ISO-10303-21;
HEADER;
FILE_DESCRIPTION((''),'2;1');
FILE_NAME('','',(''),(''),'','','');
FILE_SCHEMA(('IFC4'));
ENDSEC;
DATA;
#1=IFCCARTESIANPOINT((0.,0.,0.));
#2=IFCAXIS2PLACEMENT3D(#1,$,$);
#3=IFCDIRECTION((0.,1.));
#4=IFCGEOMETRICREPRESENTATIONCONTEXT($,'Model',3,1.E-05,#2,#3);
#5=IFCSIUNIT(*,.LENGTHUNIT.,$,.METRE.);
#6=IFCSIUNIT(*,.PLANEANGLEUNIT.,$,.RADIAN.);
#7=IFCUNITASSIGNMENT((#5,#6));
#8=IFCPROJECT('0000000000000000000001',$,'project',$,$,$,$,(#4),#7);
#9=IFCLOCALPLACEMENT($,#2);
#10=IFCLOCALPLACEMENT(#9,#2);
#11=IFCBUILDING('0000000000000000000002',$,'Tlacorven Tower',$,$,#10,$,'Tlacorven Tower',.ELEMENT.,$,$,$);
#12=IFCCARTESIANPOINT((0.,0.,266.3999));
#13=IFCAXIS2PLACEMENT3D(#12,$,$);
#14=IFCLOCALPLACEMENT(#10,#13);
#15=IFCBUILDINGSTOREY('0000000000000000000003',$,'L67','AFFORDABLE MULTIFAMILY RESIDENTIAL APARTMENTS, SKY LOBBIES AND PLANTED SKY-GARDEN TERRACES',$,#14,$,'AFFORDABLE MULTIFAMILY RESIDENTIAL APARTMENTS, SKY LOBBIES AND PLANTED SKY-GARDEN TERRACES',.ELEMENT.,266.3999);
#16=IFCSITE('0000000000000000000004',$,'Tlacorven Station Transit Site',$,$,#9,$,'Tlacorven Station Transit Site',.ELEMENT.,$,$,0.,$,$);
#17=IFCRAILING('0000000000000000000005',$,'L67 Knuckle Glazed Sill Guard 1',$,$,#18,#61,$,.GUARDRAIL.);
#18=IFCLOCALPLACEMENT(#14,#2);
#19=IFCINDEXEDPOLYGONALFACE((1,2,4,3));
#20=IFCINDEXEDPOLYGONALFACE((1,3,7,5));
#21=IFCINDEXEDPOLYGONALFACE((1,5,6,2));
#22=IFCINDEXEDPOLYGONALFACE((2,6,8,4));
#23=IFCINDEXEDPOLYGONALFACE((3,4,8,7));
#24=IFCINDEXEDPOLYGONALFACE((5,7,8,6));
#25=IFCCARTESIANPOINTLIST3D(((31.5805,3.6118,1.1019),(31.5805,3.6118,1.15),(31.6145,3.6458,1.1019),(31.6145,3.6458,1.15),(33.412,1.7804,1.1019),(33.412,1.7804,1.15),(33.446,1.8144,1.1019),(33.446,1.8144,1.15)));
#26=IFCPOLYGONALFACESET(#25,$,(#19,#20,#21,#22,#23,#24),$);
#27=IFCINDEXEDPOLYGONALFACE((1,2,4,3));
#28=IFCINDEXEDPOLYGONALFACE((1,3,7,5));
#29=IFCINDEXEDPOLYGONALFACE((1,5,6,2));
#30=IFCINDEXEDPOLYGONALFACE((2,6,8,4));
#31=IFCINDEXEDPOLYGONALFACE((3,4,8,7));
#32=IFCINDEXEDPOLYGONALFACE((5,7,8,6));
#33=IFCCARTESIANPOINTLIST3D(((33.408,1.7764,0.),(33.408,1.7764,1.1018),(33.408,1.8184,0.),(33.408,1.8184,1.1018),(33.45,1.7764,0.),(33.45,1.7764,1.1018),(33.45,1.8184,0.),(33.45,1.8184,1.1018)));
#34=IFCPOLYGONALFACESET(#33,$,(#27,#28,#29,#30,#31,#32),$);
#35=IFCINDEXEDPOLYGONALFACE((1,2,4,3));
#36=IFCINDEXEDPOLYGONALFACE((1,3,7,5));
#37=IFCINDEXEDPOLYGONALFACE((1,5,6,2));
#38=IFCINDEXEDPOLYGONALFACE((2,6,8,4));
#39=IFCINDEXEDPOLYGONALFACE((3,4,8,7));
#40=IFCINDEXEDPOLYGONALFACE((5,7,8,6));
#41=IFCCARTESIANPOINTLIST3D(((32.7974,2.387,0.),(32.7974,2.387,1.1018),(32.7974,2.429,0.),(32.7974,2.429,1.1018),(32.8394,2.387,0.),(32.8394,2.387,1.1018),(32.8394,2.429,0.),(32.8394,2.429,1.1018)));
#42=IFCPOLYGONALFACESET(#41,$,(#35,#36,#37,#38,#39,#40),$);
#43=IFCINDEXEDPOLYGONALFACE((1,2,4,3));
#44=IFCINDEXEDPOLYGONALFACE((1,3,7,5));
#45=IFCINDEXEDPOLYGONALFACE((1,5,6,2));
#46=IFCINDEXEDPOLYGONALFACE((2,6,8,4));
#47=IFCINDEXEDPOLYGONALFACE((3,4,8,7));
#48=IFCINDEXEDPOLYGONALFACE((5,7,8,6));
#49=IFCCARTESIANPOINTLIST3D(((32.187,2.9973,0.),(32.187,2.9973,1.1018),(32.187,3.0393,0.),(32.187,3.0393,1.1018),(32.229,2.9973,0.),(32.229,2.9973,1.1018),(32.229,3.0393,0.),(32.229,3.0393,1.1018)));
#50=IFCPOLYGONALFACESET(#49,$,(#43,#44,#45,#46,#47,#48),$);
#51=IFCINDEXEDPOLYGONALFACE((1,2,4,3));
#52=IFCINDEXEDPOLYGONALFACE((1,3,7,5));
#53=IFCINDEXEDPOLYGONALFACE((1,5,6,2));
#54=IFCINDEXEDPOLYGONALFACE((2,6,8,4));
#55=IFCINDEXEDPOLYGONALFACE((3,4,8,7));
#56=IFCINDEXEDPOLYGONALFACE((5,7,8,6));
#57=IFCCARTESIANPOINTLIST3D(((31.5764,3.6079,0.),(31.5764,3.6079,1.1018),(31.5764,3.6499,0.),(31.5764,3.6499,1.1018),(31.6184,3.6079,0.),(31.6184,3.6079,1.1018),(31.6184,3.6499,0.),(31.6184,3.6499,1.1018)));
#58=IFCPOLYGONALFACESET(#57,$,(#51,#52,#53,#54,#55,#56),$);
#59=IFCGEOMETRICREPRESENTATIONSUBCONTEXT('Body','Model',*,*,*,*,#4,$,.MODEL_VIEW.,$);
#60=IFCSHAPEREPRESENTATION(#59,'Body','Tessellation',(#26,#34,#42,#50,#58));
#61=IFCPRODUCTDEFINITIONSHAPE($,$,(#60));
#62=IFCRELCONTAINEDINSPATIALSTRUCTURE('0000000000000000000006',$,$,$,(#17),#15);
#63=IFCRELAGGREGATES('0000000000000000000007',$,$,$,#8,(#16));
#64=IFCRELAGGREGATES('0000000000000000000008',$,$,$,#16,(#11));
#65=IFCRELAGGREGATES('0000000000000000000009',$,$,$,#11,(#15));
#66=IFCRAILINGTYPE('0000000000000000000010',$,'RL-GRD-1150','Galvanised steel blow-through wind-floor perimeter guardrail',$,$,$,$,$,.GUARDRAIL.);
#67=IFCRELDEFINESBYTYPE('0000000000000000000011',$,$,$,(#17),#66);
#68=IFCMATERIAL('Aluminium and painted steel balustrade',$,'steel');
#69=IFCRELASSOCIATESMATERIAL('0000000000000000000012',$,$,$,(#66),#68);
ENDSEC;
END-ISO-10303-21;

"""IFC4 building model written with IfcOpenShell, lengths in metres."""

from ifc_helpers import new_model, si_unit, direction, frame, origin, origin_2d, place, context, subcontext, project, spatial, rectangle, extrude, source, transform, mapped, material, type_object, element, save


model = new_model("IFC4")

# Units and contexts
model_context = context("Model", 3, precision=1e-05, world=origin(), true_north=direction((0.0, 1.0)))
body_context = subcontext(model_context, "Body", "Model", "MODEL_VIEW")
ifc_project = project(units=[si_unit("LENGTHUNIT", "METRE"), si_unit("PLANEANGLEUNIT", "RADIAN")], contexts=[model_context])

# Site, building, storey
site_placement = place(None, origin())
site = spatial("IfcSite", under=ifc_project, at=site_placement, Name="Tlacorven Station Transit Site", LongName="Tlacorven Station Transit Site", CompositionType="ELEMENT", RefElevation=0.0)
building_placement = place(site_placement, origin())
building = spatial("IfcBuilding", under=site, at=building_placement, Name="Tlacorven Tower", LongName="Tlacorven Tower", CompositionType="ELEMENT")
storey_placement = place(building_placement, frame((0.0, 0.0, 266.3999)))
storey = spatial("IfcBuildingStorey", under=building, at=storey_placement, Name="L67", Description="AFFORDABLE MULTIFAMILY RESIDENTIAL APARTMENTS, SKY LOBBIES AND PLANTED SKY-GARDEN TERRACES", LongName="AFFORDABLE MULTIFAMILY RESIDENTIAL APARTMENTS, SKY LOBBIES AND PLANTED SKY-GARDEN TERRACES", CompositionType="ELEMENT", Elevation=266.3999)

# Railing
ifc_material_1 = material(Name="Aluminium and painted steel balustrade", Category="steel")
railing_type = type_object("IfcRailingType", Name="RL-GRD-1150", Description="Galvanised steel blow-through wind-floor perimeter guardrail", PredefinedType="GUARDRAIL", material=ifc_material_1)
shared_shape_1 = source(origin(), body_context, "Body", "SweptSolid", [
    extrude(rectangle(XDim=0.0481, YDim=0.0481, at=origin_2d()), frame((0.0, 0.0, 1.126), z_axis=(-0.707107, 0.707107, 0.0), x_axis=(-0.707107, -0.707107, 0.0)), (0.0, 0.0, 1.0), 2.5901),
    extrude(rectangle(XDim=0.042, YDim=0.042, at=origin_2d()), origin(), (0.0, 0.0, 1.0), 1.1018),
    extrude(rectangle(XDim=0.042, YDim=0.042, at=origin_2d()), frame((-0.6106, 0.6106, 0.0)), (0.0, 0.0, 1.0), 1.1018),
    extrude(rectangle(XDim=0.042, YDim=0.042, at=origin_2d()), frame((-1.2209, 1.2209, 0.0)), (0.0, 0.0, 1.0), 1.1018),
    extrude(rectangle(XDim=0.042, YDim=0.042, at=origin_2d()), frame((-1.8315, 1.8315, 0.0)), (0.0, 0.0, 1.0), 1.1018),
])
railing_placement = place(storey_placement, frame((33.429, 1.7974, 0.0)))
element("IfcRailing", 1, at=railing_placement, inside=storey, type_object=railing_type, Name="L67 Knuckle Glazed Sill Guard 1", PredefinedType="GUARDRAIL", context=body_context, shape_type="MappedRepresentation", body=[
    mapped(shared_shape_1, transform((0.0, 0.0, 0.0), scale=1.0)),
])

save(model, "model.ifc")
